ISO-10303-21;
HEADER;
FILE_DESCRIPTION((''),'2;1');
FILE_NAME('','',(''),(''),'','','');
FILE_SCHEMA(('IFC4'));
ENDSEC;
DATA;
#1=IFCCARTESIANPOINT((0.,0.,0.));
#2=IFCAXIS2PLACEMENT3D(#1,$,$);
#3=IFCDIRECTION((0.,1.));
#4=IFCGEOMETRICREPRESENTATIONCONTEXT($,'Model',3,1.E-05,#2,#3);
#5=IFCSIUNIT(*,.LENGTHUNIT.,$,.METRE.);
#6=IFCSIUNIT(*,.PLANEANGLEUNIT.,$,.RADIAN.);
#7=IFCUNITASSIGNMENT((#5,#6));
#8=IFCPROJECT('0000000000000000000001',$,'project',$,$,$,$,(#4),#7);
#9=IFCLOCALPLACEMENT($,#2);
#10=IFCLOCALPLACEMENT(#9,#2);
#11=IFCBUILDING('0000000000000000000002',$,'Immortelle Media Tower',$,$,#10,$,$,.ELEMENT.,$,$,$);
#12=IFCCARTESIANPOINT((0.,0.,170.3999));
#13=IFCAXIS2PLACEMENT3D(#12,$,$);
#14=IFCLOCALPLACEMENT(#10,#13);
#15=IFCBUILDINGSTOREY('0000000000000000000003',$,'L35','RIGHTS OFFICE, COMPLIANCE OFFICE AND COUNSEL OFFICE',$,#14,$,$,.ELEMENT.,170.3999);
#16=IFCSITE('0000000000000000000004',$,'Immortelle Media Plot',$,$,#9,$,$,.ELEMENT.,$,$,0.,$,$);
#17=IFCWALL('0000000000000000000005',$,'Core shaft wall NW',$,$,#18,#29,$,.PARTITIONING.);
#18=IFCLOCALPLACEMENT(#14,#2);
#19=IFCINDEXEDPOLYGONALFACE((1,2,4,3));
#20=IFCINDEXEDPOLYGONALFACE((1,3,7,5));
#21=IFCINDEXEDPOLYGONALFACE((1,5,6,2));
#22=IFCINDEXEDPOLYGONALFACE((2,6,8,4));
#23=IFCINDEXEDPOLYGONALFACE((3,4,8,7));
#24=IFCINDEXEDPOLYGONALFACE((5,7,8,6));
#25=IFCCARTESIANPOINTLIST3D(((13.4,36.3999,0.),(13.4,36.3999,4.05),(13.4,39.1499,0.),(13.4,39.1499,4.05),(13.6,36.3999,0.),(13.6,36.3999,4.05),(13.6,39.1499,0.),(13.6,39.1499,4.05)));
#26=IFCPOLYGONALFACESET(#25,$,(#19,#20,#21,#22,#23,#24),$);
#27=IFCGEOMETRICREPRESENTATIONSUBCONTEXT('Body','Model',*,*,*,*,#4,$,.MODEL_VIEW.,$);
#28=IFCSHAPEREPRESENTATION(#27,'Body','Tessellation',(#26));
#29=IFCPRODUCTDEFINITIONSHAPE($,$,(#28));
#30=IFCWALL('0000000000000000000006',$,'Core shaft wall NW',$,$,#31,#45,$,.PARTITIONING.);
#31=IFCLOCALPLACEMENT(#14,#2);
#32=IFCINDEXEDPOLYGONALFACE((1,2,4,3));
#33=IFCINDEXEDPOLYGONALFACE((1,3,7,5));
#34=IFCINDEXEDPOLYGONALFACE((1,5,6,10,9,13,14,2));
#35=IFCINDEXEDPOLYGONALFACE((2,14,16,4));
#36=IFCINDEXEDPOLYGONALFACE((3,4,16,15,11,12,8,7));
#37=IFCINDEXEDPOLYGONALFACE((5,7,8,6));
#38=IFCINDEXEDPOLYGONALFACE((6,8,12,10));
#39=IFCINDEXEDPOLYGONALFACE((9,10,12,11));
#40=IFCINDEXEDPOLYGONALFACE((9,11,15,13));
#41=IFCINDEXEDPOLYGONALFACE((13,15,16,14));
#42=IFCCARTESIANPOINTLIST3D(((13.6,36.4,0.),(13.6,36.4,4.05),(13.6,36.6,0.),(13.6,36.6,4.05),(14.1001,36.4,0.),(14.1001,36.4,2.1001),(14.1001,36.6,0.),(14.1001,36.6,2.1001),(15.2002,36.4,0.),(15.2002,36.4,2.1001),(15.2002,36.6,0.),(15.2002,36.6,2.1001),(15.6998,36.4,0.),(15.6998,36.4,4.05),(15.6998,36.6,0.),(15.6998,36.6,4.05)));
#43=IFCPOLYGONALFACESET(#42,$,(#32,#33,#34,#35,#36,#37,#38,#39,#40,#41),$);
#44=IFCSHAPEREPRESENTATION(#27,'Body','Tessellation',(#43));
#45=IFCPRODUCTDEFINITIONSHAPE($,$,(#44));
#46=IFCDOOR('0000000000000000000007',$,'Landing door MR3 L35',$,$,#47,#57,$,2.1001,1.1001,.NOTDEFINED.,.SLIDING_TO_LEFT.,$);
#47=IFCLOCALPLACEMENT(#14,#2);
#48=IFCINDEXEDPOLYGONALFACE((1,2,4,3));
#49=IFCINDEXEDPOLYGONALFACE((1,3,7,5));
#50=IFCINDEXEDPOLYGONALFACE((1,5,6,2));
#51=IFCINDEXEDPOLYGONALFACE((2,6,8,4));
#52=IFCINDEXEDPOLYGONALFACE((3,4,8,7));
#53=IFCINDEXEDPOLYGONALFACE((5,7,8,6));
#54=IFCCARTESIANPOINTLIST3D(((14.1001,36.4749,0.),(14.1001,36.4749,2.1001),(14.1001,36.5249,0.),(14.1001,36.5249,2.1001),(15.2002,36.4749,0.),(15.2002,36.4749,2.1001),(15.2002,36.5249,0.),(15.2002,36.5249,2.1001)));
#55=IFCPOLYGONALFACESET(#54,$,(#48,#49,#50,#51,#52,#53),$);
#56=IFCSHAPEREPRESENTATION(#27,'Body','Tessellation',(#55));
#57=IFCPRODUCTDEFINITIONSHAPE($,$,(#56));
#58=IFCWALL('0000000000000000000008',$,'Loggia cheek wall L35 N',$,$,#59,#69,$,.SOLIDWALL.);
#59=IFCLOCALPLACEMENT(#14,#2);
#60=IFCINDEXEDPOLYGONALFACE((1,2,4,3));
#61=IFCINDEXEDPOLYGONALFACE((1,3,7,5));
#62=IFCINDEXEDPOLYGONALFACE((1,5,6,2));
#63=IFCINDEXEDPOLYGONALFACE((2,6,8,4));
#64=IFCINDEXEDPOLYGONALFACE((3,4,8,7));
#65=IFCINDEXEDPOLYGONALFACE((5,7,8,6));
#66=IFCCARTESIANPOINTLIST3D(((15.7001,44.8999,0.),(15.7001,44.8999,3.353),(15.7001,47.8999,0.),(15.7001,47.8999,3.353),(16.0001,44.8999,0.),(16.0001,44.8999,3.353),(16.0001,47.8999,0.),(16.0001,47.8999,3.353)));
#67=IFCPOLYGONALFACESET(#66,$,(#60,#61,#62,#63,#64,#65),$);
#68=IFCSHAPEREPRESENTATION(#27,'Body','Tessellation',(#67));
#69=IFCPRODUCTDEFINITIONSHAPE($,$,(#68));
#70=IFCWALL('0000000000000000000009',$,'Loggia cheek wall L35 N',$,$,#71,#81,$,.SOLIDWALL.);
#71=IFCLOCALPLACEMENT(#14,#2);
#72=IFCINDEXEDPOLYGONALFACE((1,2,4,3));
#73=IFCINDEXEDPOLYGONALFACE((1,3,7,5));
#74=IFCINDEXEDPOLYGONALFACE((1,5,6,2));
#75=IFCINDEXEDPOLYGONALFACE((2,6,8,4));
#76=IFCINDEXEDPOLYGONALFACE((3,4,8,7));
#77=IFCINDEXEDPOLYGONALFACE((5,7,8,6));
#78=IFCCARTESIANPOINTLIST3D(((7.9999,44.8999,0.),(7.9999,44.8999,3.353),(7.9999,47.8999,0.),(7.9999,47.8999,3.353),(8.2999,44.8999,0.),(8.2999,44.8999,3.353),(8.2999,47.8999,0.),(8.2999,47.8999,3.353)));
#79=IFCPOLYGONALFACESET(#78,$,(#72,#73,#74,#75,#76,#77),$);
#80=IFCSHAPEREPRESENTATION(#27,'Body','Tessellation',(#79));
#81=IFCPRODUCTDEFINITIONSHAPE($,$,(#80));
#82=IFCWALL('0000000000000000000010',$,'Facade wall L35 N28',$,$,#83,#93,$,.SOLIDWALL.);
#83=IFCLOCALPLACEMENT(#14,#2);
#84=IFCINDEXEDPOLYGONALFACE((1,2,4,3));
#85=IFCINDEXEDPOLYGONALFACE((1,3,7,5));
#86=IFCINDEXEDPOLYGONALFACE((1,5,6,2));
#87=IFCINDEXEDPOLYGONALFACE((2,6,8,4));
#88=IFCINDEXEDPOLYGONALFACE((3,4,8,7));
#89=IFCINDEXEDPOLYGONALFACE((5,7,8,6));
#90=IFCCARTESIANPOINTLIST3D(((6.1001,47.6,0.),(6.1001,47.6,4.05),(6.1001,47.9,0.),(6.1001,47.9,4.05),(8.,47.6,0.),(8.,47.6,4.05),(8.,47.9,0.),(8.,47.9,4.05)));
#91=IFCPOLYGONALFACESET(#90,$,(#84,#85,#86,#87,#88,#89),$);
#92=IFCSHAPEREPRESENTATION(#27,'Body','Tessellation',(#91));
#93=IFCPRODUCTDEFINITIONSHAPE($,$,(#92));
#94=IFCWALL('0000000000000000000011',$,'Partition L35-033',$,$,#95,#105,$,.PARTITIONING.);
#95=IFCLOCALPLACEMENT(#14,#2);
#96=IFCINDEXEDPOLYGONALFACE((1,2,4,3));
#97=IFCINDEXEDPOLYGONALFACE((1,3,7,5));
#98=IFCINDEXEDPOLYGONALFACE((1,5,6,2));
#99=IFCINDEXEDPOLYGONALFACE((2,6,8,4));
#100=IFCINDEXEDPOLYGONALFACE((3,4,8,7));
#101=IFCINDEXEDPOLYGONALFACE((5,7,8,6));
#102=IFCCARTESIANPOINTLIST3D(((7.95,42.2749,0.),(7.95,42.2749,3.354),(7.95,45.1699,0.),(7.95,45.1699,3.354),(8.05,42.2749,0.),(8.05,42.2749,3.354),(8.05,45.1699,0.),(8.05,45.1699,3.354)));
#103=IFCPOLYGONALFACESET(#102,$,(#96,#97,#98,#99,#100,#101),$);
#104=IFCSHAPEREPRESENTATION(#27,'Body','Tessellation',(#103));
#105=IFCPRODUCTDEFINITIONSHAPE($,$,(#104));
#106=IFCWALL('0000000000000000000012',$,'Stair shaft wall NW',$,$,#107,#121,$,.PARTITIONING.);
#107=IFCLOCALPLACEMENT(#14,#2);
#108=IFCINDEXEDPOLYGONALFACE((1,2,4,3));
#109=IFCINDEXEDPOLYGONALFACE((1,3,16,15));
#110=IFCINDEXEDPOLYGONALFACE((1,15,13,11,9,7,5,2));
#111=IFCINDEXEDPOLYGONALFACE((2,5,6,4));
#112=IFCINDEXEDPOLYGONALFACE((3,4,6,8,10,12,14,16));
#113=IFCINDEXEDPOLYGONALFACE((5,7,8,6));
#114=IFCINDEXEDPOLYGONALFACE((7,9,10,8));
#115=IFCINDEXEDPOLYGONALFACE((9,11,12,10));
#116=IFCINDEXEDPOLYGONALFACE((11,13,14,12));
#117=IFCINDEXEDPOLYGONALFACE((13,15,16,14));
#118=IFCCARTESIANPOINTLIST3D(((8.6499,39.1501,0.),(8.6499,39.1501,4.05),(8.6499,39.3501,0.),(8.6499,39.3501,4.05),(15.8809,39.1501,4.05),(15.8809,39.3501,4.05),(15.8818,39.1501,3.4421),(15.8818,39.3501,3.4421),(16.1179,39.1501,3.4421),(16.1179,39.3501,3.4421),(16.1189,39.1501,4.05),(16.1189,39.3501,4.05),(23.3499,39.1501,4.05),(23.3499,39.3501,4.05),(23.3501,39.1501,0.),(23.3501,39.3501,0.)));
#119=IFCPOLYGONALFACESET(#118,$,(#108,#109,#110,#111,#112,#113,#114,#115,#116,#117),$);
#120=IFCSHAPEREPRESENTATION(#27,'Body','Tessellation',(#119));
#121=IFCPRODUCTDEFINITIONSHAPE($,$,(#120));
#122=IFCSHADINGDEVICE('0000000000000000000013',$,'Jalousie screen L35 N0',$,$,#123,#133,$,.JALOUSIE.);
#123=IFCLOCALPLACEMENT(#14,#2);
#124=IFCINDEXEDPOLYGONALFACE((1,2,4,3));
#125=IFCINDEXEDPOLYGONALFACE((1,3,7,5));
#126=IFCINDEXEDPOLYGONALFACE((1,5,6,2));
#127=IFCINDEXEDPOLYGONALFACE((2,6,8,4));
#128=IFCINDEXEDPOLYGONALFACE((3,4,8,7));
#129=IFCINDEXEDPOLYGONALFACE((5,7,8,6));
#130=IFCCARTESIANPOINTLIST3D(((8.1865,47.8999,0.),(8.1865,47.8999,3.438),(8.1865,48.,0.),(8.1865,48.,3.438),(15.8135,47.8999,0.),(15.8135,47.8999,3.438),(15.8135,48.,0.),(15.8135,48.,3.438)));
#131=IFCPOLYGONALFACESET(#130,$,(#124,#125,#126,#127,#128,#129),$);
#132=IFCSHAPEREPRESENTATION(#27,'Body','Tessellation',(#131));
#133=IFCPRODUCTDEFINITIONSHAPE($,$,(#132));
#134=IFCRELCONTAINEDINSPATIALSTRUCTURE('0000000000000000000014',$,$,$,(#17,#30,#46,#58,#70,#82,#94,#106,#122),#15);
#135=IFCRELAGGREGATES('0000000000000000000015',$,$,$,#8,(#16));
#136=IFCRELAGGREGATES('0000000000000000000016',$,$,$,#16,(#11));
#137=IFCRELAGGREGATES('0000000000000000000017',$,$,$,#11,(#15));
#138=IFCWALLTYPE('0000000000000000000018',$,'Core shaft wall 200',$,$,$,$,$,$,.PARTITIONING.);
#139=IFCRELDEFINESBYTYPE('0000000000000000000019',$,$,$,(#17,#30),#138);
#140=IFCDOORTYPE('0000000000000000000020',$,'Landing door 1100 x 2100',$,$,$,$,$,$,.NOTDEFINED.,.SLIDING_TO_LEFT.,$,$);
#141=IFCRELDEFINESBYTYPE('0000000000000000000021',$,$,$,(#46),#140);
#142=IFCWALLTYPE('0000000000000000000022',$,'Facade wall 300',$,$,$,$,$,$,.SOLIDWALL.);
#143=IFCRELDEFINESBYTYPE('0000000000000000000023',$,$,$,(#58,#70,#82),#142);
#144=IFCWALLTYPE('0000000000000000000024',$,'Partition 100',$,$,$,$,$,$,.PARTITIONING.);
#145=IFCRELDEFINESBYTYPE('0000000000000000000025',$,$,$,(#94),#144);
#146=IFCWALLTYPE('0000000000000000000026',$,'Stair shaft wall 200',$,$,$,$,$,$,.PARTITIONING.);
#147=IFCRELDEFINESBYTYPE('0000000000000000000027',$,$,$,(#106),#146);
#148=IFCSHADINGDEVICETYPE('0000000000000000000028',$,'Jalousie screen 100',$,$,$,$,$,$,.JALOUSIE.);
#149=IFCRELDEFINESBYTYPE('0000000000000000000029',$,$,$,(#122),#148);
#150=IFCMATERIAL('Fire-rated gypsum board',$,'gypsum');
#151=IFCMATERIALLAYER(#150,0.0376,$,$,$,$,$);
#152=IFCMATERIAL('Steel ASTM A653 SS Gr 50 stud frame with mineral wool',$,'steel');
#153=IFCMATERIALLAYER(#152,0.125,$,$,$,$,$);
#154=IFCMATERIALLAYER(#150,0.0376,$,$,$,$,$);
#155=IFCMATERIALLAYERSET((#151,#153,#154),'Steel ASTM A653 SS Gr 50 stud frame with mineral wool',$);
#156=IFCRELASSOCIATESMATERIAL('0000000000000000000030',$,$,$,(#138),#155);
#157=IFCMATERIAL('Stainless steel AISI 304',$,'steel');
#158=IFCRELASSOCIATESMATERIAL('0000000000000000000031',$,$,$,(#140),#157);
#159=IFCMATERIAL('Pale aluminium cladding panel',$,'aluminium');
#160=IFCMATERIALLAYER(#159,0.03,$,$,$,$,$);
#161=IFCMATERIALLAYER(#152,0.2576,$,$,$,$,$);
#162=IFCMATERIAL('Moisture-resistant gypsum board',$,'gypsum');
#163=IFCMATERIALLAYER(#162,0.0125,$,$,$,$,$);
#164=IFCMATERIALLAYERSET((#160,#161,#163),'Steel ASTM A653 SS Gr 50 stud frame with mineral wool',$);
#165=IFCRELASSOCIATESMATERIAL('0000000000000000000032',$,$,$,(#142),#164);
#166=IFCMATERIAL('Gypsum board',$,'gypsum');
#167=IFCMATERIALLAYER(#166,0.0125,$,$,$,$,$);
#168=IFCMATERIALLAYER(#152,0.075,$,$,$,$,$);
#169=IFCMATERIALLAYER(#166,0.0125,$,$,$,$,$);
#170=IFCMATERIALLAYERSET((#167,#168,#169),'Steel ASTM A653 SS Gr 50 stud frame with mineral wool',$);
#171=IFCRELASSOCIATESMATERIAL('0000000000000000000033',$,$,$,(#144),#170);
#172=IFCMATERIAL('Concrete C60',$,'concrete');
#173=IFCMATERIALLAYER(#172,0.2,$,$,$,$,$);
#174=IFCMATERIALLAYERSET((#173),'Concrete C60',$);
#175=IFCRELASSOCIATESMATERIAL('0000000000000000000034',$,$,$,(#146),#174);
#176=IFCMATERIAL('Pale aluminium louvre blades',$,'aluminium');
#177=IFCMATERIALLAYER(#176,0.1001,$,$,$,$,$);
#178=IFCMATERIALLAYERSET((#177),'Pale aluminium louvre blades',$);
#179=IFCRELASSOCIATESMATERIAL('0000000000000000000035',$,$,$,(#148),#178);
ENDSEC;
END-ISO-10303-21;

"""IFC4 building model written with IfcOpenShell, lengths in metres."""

from ifc_helpers import new_model, si_unit, direction, frame, frame_2d, origin, origin_2d, place, context, subcontext, project, spatial, polyline, rectangle, outline, extrude, material, layer, layer_set, type_object, element, fill, save


model = new_model("IFC4")

# Units and contexts
model_context = context("Model", 3, precision=1e-05, world=origin(), true_north=direction((0.0, 1.0)))
body_context = subcontext(model_context, "Body", "Model", "MODEL_VIEW")
ifc_project = project(units=[si_unit("LENGTHUNIT", "METRE"), si_unit("PLANEANGLEUNIT", "RADIAN")], contexts=[model_context])

# Site, building, storey
site_placement = place(None, origin())
site = spatial("IfcSite", under=ifc_project, at=site_placement, Name="Immortelle Media Plot", CompositionType="ELEMENT", RefElevation=0.0)
building_placement = place(site_placement, origin())
building = spatial("IfcBuilding", under=site, at=building_placement, Name="Immortelle Media Tower", CompositionType="ELEMENT")
storey_placement = place(building_placement, frame((0.0, 0.0, 170.3999)))
storey = spatial("IfcBuildingStorey", under=building, at=storey_placement, Name="L35", Description="RIGHTS OFFICE, COMPLIANCE OFFICE AND COUNSEL OFFICE", CompositionType="ELEMENT", Elevation=170.3999)

# Shared definitions
ifc_material_1 = material(Name="Fire-rated gypsum board", Category="gypsum")
ifc_material_2 = material(Name="Steel ASTM A653 SS Gr 50 stud frame with mineral wool", Category="steel")

# Shared definitions
ifc_layer_1 = layer(ifc_material_1, 0.0376)
ifc_layer_2 = layer(ifc_material_2, 0.125)
ifc_layer_3 = layer(ifc_material_1, 0.0376)
ifc_layer_set_1 = layer_set([ifc_layer_1, ifc_layer_2, ifc_layer_3], Name="Steel ASTM A653 SS Gr 50 stud frame with mineral wool")
wall_type_1 = type_object("IfcWallType", Name="Core shaft wall 200", PredefinedType="PARTITIONING", material=ifc_layer_set_1)

# Shared definitions
ifc_material_3 = material(Name="Stainless steel AISI 304", Category="steel")
door_type_1 = type_object("IfcDoorType", Name="Landing door 1100 x 2100", OperationType="SLIDING_TO_LEFT", PredefinedType="NOTDEFINED", material=ifc_material_3)

# Wall
wall_1_placement = place(storey_placement, frame((13.5, 36.3999, 0.0), z_axis=(0.0, 0.0, 1.0), x_axis=(0.0, 1.0, 0.0)))
element("IfcWall", 1, at=wall_1_placement, inside=storey, type_object=wall_type_1, Name="Core shaft wall NW", PredefinedType="PARTITIONING", context=body_context, shape_type="SweptSolid", body=[
    extrude(rectangle(XDim=2.75, YDim=0.2, at=frame_2d((1.375, 0.0))), origin(), (0.0, 0.0, 1.0), 4.05),
])

# Wall, opening, door
wall_2_placement = place(storey_placement, frame((13.6001, 36.5, 0.0), z_axis=(0.0, 0.0, 1.0), x_axis=(1.0, 0.0, 0.0)))
wall_2 = element("IfcWall", 2, at=wall_2_placement, inside=storey, type_object=wall_type_1, Name="Core shaft wall NW", PredefinedType="PARTITIONING", context=body_context, shape_type="SweptSolid", body=[
    extrude(rectangle(XDim=2.0999, YDim=0.2, at=frame_2d((1.0498, 0.0))), origin(), (0.0, 0.0, 1.0), 4.05),
])
opening_1_placement = place(wall_2_placement, frame((0.5, 0.0, 0.0)))
opening_1 = element("IfcOpeningElement", 3, at=opening_1_placement, cuts=wall_2, PredefinedType="OPENING", context=body_context, shape_type="SweptSolid", body=[
    extrude(rectangle(XDim=1.1001, YDim=2.1001, at=frame_2d((0.55, 1.05))), frame((0.0, 0.1099, 0.0), z_axis=(0.0, -1.0, 0.0), x_axis=(1.0, 0.0, 0.0)), (0.0, 0.0, 1.0), 0.22),
])
door_1_placement = place(opening_1_placement, origin())
door_1 = element("IfcDoor", 4, at=door_1_placement, inside=storey, type_object=door_type_1, Name="Landing door MR3 L35", OperationType="SLIDING_TO_LEFT", OverallHeight=2.1001, OverallWidth=1.1001, PredefinedType="NOTDEFINED", context=body_context, shape_type="SweptSolid", body=[
    extrude(rectangle(XDim=1.1001, YDim=2.1001, at=frame_2d((0.55, 1.05))), frame((0.0, 0.0249, 0.0), z_axis=(0.0, -1.0, 0.0), x_axis=(1.0, 0.0, 0.0)), (0.0, 0.0, 1.0), 0.05),
])
fill(opening_1, door_1)

# Shared definitions
ifc_material_4 = material(Name="Pale aluminium cladding panel", Category="aluminium")
ifc_layer_4 = layer(ifc_material_4, 0.03)
ifc_layer_5 = layer(ifc_material_2, 0.2576)
ifc_material_5 = material(Name="Moisture-resistant gypsum board", Category="gypsum")
ifc_layer_6 = layer(ifc_material_5, 0.0125)
ifc_layer_set_2 = layer_set([ifc_layer_4, ifc_layer_5, ifc_layer_6], Name="Steel ASTM A653 SS Gr 50 stud frame with mineral wool")
wall_type_2 = type_object("IfcWallType", Name="Facade wall 300", PredefinedType="SOLIDWALL", material=ifc_layer_set_2)

# Walls
for number, where, z_axis, x_axis, name in (
    (5, (15.8501, 47.8999, 0.0), (0.0, 0.0, 1.0), (0.0, -1.0, 0.0), "Loggia cheek wall L35 N"),
    (6, (8.1499, 47.8999, 0.0), (0.0, 0.0, 1.0), (0.0, -1.0, 0.0), "Loggia cheek wall L35 N"),
):
    element("IfcWall", number, at=place(storey_placement, frame(where, z_axis=z_axis, x_axis=x_axis)), inside=storey, type_object=wall_type_2, Name=name, PredefinedType="SOLIDWALL", context=body_context, shape_type="SweptSolid", body=[
        extrude(rectangle(XDim=3.0, YDim=0.3, at=frame_2d((1.5, 0.0))), origin(), (0.0, 0.0, 1.0), 3.353),
    ])
wall_3_placement = place(storey_placement, frame((8.0, 47.75, 0.0), z_axis=(0.0, 0.0, 1.0), x_axis=(-1.0, 0.0, 0.0)))
element("IfcWall", 7, at=wall_3_placement, inside=storey, type_object=wall_type_2, Name="Facade wall L35 N28", PredefinedType="SOLIDWALL", context=body_context, shape_type="SweptSolid", body=[
    extrude(rectangle(XDim=1.8999, YDim=0.3, at=frame_2d((0.95, 0.0))), origin(), (0.0, 0.0, 1.0), 4.05),
])
ifc_material_6 = material(Name="Gypsum board", Category="gypsum")
ifc_layer_7 = layer(ifc_material_6, 0.0125)
ifc_layer_8 = layer(ifc_material_2, 0.075)
ifc_layer_9 = layer(ifc_material_6, 0.0125)
ifc_layer_set_3 = layer_set([ifc_layer_7, ifc_layer_8, ifc_layer_9], Name="Steel ASTM A653 SS Gr 50 stud frame with mineral wool")
wall_type_3 = type_object("IfcWallType", Name="Partition 100", PredefinedType="PARTITIONING", material=ifc_layer_set_3)
wall_4_placement = place(storey_placement, frame((8.0, 42.2749, 0.0), z_axis=(0.0, 0.0, 1.0), x_axis=(0.0, 1.0, 0.0)))
element("IfcWall", 8, at=wall_4_placement, inside=storey, type_object=wall_type_3, Name="Partition L35-033", PredefinedType="PARTITIONING", context=body_context, shape_type="SweptSolid", body=[
    extrude(rectangle(XDim=2.895, YDim=0.1001, at=frame_2d((1.4475, 0.0))), origin(), (0.0, 0.0, 1.0), 3.354),
])
ifc_material_7 = material(Name="Concrete C60", Category="concrete")
ifc_layer_10 = layer(ifc_material_7, 0.2)
ifc_layer_set_4 = layer_set([ifc_layer_10], Name="Concrete C60")
wall_type_4 = type_object("IfcWallType", Name="Stair shaft wall 200", PredefinedType="PARTITIONING", material=ifc_layer_set_4)
wall_5_placement = place(storey_placement, frame((8.6499, 39.25, 0.0), z_axis=(0.0, 0.0, 1.0), x_axis=(1.0, 0.0, 0.0)))
element("IfcWall", 9, at=wall_5_placement, inside=storey, type_object=wall_type_4, Name="Stair shaft wall NW", PredefinedType="PARTITIONING", context=body_context, shape_type="SweptSolid", body=[
    extrude(outline(polyline([(0.0, 0.0), (14.7002, 0.0), (14.7, 4.05), (7.469, 4.05), (7.468, 3.4421), (7.2319, 3.4421), (7.231, 4.05), (0.0, 4.05), (0.0, 0.0)])), frame((0.0, 0.1001, 0.0), z_axis=(0.0, -1.0, 0.0), x_axis=(1.0, 0.0, 0.0)), (0.0, 0.0, 1.0), 0.2),
])

# Shading device
ifc_material_8 = material(Name="Pale aluminium louvre blades", Category="aluminium")
ifc_layer_11 = layer(ifc_material_8, 0.1001)
ifc_layer_set_5 = layer_set([ifc_layer_11], Name="Pale aluminium louvre blades")
shading_device_type = type_object("IfcShadingDeviceType", Name="Jalousie screen 100", PredefinedType="JALOUSIE", material=ifc_layer_set_5)
shading_device_placement = place(storey_placement, frame((12.0, 47.95, 0.0), z_axis=(0.0, 0.0, 1.0), x_axis=(-1.0, 0.0, 0.0)))
element("IfcShadingDevice", 10, at=shading_device_placement, inside=storey, type_object=shading_device_type, Name="Jalousie screen L35 N0", PredefinedType="JALOUSIE", context=body_context, shape_type="SweptSolid", body=[
    extrude(rectangle(XDim=7.627, YDim=0.1001, at=origin_2d()), origin(), (0.0, 0.0, 1.0), 3.438),
])

save(model, "model.ifc")
